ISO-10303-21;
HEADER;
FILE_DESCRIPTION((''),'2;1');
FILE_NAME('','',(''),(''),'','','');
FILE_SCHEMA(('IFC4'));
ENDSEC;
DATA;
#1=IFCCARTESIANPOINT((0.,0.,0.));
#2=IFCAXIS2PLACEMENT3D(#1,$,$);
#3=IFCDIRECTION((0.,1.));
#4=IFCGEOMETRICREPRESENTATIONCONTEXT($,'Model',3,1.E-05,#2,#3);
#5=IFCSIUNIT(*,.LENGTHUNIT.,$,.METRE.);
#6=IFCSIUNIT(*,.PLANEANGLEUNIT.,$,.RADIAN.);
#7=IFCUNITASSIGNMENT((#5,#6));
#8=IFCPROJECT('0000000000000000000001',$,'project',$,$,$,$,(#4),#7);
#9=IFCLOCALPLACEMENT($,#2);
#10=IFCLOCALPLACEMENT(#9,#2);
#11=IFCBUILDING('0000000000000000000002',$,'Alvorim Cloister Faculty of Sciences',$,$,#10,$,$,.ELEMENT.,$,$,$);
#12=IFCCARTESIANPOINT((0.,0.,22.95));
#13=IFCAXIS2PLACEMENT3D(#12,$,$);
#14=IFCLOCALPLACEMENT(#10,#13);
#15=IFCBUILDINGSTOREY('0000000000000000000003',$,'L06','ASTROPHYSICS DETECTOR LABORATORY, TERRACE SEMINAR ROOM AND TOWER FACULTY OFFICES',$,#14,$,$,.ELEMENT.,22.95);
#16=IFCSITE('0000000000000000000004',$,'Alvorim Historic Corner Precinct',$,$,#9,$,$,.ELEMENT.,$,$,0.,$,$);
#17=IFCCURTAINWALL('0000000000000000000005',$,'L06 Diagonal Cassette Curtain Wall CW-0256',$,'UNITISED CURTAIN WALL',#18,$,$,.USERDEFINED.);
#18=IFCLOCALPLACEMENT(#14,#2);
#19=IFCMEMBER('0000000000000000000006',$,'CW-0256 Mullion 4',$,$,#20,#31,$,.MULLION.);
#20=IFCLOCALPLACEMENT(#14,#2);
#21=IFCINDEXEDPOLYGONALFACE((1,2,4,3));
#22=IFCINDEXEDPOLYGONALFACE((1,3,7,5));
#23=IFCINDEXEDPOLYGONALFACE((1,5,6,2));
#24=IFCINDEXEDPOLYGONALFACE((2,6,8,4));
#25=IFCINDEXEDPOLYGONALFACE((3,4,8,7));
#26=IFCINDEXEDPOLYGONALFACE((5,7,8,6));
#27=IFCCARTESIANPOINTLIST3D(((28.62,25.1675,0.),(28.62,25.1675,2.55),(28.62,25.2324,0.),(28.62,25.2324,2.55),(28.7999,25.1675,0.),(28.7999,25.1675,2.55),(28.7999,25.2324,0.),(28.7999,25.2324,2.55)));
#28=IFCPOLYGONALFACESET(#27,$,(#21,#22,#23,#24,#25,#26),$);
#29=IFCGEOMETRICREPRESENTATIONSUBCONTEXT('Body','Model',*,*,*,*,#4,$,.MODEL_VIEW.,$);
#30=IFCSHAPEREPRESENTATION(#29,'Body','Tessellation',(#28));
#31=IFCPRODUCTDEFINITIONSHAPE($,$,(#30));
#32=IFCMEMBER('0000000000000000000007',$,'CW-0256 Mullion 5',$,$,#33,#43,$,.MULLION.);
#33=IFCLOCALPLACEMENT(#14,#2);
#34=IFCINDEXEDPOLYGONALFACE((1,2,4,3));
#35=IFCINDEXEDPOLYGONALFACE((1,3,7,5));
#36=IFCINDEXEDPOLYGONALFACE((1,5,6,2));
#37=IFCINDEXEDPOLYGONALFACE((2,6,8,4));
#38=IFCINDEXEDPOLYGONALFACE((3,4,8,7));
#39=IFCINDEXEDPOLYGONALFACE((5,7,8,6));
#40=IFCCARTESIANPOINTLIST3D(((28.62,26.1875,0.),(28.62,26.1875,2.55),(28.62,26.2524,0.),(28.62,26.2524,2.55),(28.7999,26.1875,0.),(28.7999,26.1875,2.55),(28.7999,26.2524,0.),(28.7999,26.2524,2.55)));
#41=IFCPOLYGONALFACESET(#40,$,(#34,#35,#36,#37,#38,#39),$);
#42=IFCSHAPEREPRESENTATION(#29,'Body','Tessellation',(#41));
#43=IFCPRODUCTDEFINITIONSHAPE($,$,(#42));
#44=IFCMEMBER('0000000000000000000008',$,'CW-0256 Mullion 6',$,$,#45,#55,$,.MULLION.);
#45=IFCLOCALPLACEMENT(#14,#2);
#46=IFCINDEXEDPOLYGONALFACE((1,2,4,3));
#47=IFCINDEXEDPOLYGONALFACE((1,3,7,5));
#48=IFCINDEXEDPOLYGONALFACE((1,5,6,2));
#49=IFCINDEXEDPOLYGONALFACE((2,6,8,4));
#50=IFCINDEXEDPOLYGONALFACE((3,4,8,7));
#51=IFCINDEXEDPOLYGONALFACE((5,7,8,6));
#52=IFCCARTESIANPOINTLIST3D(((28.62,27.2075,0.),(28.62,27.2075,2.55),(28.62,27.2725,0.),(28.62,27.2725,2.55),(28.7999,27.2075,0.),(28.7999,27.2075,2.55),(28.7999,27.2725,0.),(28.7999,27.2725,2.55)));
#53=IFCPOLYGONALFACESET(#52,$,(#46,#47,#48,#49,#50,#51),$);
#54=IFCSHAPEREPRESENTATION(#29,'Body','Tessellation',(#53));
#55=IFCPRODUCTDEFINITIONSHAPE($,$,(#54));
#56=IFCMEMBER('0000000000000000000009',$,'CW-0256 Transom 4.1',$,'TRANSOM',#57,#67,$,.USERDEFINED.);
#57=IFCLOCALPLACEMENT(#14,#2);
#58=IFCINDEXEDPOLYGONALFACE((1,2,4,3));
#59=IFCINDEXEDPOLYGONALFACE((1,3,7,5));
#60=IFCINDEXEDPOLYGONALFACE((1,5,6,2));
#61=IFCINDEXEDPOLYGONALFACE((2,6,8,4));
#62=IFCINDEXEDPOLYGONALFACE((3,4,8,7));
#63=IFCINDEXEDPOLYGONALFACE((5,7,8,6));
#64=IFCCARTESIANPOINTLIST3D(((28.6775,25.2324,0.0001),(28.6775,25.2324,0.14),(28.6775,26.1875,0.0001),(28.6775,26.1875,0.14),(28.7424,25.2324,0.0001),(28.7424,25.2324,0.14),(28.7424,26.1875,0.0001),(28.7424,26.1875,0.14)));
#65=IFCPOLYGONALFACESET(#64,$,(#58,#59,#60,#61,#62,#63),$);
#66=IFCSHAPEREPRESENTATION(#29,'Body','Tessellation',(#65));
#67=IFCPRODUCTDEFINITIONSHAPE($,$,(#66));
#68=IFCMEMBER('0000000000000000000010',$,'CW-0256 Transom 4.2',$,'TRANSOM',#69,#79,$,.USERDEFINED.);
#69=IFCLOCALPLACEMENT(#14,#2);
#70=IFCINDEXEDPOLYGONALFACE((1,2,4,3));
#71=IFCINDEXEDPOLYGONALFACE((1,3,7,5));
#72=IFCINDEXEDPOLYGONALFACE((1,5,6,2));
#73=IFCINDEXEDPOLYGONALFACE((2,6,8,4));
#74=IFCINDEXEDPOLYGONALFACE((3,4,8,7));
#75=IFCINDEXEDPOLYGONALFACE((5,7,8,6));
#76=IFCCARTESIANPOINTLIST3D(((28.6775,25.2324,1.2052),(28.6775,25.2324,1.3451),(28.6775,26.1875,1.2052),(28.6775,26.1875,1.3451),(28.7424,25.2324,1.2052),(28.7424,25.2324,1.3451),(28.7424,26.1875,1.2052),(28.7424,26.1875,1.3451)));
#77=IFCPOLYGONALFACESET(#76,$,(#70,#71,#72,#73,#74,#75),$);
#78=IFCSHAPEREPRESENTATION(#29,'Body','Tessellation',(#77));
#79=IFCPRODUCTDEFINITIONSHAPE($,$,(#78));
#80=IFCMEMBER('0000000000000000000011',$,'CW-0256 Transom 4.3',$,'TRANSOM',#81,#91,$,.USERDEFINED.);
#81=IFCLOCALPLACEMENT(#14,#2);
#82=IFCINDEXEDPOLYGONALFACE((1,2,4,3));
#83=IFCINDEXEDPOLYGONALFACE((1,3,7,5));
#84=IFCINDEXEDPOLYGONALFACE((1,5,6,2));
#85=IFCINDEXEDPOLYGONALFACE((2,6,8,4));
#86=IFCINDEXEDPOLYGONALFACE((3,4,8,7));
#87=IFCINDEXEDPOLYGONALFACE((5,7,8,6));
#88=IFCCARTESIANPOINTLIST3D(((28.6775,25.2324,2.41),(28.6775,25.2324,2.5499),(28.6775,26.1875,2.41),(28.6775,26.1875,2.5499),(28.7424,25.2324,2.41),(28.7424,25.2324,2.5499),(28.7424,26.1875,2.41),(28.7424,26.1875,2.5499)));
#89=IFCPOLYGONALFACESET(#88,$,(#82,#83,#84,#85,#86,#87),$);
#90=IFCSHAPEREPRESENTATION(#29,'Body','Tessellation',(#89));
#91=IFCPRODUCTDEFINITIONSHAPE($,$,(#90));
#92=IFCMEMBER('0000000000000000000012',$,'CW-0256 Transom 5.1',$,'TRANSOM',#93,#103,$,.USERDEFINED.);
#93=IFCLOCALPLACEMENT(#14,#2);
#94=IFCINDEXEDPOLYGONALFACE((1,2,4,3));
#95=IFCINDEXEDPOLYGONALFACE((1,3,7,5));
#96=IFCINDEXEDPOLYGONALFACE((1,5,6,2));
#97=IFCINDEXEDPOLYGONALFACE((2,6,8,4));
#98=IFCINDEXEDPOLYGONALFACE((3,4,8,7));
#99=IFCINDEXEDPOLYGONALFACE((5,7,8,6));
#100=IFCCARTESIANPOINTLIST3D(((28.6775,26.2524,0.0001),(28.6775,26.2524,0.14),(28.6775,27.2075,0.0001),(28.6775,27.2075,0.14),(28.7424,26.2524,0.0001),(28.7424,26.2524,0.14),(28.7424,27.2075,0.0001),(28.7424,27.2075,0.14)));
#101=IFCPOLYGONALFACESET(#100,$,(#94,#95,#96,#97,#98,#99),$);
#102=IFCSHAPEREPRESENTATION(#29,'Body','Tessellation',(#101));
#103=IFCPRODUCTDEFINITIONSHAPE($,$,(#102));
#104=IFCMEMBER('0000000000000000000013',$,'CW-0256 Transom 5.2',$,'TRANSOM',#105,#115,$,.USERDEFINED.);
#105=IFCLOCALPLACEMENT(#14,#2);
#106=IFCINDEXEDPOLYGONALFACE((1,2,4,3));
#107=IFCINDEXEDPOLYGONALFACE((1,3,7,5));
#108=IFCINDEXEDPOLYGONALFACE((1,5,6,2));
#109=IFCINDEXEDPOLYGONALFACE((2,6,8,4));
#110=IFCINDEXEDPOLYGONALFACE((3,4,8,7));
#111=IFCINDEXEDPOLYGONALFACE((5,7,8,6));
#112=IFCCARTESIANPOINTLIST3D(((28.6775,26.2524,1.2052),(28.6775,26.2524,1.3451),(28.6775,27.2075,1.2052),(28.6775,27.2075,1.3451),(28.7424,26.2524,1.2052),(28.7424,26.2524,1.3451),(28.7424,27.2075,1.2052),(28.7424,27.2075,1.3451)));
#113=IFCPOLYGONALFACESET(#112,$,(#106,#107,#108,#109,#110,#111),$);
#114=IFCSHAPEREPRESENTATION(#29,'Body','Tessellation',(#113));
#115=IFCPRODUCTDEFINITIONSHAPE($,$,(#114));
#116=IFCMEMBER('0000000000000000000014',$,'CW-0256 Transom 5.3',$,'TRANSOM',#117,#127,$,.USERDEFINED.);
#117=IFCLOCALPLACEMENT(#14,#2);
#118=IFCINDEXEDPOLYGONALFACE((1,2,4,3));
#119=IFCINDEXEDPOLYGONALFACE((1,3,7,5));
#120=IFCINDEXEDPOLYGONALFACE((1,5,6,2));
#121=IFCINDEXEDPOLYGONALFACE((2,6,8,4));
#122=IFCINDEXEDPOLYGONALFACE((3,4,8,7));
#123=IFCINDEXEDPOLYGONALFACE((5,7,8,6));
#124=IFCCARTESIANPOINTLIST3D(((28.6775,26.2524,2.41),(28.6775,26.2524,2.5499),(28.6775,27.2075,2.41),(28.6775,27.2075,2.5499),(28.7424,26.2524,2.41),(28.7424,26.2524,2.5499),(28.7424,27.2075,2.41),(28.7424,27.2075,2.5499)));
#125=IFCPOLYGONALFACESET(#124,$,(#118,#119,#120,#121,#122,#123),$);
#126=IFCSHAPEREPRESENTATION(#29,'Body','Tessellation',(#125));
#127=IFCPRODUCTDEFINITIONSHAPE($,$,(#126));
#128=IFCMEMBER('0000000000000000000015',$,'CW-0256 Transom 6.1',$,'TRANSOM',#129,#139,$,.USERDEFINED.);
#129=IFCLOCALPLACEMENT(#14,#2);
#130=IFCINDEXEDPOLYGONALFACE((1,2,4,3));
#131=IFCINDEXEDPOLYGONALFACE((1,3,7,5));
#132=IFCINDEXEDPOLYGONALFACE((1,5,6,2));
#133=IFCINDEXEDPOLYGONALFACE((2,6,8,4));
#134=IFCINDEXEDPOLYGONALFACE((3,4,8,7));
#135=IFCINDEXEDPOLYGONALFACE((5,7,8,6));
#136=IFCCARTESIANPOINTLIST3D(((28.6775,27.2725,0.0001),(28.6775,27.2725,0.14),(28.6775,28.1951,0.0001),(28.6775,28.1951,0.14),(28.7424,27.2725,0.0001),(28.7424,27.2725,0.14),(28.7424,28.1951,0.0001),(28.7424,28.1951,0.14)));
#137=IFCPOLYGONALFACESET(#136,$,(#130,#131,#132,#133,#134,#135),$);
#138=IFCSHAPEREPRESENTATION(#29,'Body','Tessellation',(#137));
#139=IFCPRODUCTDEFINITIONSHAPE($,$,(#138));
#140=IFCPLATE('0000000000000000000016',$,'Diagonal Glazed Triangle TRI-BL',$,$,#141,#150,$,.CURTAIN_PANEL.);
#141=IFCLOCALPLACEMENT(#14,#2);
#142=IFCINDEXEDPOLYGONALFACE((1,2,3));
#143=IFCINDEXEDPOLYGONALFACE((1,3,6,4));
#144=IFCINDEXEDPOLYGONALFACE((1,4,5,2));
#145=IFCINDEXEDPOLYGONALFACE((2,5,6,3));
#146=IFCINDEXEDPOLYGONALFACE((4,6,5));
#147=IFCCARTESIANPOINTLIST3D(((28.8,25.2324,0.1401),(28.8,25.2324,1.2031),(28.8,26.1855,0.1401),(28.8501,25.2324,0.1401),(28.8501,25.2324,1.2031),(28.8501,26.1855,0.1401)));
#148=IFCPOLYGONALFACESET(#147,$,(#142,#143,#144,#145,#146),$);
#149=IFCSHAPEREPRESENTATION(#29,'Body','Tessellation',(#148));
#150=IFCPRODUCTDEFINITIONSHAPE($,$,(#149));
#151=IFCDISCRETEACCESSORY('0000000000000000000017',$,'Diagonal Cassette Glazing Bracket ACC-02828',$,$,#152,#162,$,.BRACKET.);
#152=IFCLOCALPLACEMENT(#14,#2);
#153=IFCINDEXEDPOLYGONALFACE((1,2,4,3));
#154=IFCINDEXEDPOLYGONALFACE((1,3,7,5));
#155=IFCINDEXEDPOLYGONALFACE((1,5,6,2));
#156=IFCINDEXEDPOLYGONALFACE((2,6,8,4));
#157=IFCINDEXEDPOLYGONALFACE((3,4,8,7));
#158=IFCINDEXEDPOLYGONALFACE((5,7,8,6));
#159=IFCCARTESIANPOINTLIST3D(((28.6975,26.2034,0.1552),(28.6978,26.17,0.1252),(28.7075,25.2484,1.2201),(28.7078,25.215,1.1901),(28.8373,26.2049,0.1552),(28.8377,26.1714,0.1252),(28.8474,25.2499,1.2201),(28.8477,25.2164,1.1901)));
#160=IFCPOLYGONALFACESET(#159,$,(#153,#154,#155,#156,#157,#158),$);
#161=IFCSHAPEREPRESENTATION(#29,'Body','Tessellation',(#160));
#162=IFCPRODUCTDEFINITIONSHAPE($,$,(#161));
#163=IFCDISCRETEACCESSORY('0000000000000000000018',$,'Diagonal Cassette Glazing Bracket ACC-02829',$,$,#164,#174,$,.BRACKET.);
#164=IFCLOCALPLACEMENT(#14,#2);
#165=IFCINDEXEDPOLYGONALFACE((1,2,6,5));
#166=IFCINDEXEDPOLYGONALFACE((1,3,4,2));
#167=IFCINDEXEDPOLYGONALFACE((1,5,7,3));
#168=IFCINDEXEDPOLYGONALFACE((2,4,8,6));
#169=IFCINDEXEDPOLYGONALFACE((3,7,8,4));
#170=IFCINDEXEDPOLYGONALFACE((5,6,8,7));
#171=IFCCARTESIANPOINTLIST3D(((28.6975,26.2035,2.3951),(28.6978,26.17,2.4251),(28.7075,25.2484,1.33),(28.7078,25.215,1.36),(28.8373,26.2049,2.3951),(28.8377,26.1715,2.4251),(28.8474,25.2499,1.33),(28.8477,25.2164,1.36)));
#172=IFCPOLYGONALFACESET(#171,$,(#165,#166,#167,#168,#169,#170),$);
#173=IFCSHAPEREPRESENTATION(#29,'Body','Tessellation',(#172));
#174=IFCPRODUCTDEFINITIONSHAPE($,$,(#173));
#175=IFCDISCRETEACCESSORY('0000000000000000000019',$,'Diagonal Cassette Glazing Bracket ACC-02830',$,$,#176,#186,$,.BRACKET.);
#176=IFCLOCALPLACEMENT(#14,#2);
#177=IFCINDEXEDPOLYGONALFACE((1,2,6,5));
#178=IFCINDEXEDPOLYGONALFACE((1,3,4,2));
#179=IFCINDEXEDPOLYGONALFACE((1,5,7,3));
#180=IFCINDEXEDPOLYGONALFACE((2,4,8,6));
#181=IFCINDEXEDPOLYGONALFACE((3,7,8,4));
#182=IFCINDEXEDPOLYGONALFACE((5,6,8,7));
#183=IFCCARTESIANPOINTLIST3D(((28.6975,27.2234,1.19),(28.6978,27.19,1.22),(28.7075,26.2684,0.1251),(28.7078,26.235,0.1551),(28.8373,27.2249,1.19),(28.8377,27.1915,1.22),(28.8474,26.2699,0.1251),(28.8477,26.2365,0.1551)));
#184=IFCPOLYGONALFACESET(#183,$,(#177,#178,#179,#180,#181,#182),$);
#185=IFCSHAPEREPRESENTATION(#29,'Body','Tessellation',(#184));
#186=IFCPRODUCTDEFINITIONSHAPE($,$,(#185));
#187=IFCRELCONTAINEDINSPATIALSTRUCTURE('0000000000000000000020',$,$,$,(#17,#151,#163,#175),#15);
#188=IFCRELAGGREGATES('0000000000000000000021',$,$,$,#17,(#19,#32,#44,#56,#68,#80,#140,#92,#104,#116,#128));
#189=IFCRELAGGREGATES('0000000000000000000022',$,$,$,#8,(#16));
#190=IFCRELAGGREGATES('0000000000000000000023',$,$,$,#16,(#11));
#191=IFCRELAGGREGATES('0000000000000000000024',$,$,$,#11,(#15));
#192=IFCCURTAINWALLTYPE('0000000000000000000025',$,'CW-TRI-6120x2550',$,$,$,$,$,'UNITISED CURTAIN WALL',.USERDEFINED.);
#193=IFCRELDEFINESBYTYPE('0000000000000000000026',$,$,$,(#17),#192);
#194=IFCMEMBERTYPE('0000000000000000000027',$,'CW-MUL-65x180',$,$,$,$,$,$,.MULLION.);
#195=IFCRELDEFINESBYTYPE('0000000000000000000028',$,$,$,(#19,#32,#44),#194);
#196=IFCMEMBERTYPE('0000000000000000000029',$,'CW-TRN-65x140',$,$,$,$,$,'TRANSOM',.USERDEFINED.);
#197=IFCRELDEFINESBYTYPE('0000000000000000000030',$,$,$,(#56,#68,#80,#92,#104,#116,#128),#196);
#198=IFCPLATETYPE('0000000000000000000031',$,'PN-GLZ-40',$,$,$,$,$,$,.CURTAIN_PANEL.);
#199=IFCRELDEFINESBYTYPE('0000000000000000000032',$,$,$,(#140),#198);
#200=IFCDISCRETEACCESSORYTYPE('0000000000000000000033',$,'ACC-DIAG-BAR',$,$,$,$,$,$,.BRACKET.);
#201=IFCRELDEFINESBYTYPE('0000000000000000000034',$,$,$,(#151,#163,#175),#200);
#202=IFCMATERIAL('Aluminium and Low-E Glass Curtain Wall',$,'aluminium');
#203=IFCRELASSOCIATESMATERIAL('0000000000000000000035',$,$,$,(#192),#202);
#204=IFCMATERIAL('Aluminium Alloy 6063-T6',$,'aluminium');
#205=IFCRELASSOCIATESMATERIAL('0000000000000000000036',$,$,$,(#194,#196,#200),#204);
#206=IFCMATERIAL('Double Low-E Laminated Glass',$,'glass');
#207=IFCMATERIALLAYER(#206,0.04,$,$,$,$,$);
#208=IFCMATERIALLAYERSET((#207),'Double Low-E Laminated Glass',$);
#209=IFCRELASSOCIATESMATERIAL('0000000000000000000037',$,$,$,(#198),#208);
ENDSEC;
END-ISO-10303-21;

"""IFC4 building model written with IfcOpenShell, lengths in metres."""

from ifc_helpers import new_model, si_unit, direction, frame, origin, origin_2d, place, context, subcontext, project, spatial, polyline, rectangle, outline, extrude, material, layer, layer_set, material_profile, profile_set, type_object, element, aggregate, save


model = new_model("IFC4")

# Units and contexts
model_context = context("Model", 3, precision=1e-05, world=origin(), true_north=direction((0.0, 1.0)))
body_context = subcontext(model_context, "Body", "Model", "MODEL_VIEW")
ifc_project = project(units=[si_unit("LENGTHUNIT", "METRE"), si_unit("PLANEANGLEUNIT", "RADIAN")], contexts=[model_context])

# Site, building, storey
site_placement = place(None, origin())
site = spatial("IfcSite", under=ifc_project, at=site_placement, Name="Alvorim Historic Corner Precinct", CompositionType="ELEMENT", RefElevation=0.0)
building_placement = place(site_placement, origin())
building = spatial("IfcBuilding", under=site, at=building_placement, Name="Alvorim Cloister Faculty of Sciences", CompositionType="ELEMENT")
storey_placement = place(building_placement, frame((0.0, 0.0, 22.95)))
storey = spatial("IfcBuildingStorey", under=building, at=storey_placement, Name="L06", Description="ASTROPHYSICS DETECTOR LABORATORY, TERRACE SEMINAR ROOM AND TOWER FACULTY OFFICES", CompositionType="ELEMENT", Elevation=22.95)

# Curtain wall, members, plate
ifc_material_1 = material(Name="Aluminium and Low-E Glass Curtain Wall", Category="aluminium")
curtain_wall_type = type_object("IfcCurtainWallType", Name="CW-TRI-6120x2550", ElementType="UNITISED CURTAIN WALL", PredefinedType="USERDEFINED", material=ifc_material_1)
curtain_wall_placement = place(storey_placement, origin())
curtain_wall = element("IfcCurtainWall", 1, at=curtain_wall_placement, inside=storey, type_object=curtain_wall_type, Name="L06 Diagonal Cassette Curtain Wall CW-0256", ObjectType="UNITISED CURTAIN WALL", PredefinedType="USERDEFINED")
ifc_material_2 = material(Name="Aluminium Alloy 6063-T6", Category="aluminium")
ifc_material_profile_1 = material_profile(ifc_material_2, rectangle(XDim=0.0649, YDim=0.1799, at=origin_2d()), Name="ALU-MUL-65x180")
ifc_profile_set_1 = profile_set([ifc_material_profile_1], Name="Aluminium Alloy 6063-T6")
member_type_1 = type_object("IfcMemberType", Name="CW-MUL-65x180", PredefinedType="MULLION", material=ifc_profile_set_1)
member_1_placement = place(storey_placement, frame((28.71, 25.2, 0.0), z_axis=(0.0, 0.0, 1.0), x_axis=(0.0, 1.0, 0.0)))
member_1 = element("IfcMember", 2, at=member_1_placement, type_object=member_type_1, Name="CW-0256 Mullion 4", PredefinedType="MULLION", context=body_context, shape_type="SweptSolid", body=[
    extrude(rectangle(XDim=0.0649, YDim=0.1799, at=origin_2d()), origin(), (0.0, 0.0, 1.0), 2.55),
])
member_2_placement = place(storey_placement, frame((28.71, 26.22, 0.0), z_axis=(0.0, 0.0, 1.0), x_axis=(0.0, 1.0, 0.0)))
member_2 = element("IfcMember", 3, at=member_2_placement, type_object=member_type_1, Name="CW-0256 Mullion 5", PredefinedType="MULLION", context=body_context, shape_type="SweptSolid", body=[
    extrude(rectangle(XDim=0.0649, YDim=0.1799, at=origin_2d()), origin(), (0.0, 0.0, 1.0), 2.55),
])
member_3_placement = place(storey_placement, frame((28.71, 27.24, 0.0), z_axis=(0.0, 0.0, 1.0), x_axis=(0.0, 1.0, 0.0)))
member_3 = element("IfcMember", 4, at=member_3_placement, type_object=member_type_1, Name="CW-0256 Mullion 6", PredefinedType="MULLION", context=body_context, shape_type="SweptSolid", body=[
    extrude(rectangle(XDim=0.0649, YDim=0.1799, at=origin_2d()), origin(), (0.0, 0.0, 1.0), 2.55),
])
ifc_material_profile_2 = material_profile(ifc_material_2, rectangle(XDim=0.0649, YDim=0.1399, at=origin_2d()), Name="ALU-TRN-65x140")
ifc_profile_set_2 = profile_set([ifc_material_profile_2], Name="Aluminium Alloy 6063-T6")
member_type_2 = type_object("IfcMemberType", Name="CW-TRN-65x140", ElementType="TRANSOM", PredefinedType="USERDEFINED", material=ifc_profile_set_2)
member_4_placement = place(storey_placement, frame((28.71, 25.2324, 0.0701), z_axis=(0.0, 1.0, 0.0), x_axis=(-1.0, 0.0, 0.0)))
member_4 = element("IfcMember", 5, at=member_4_placement, type_object=member_type_2, Name="CW-0256 Transom 4.1", ObjectType="TRANSOM", PredefinedType="USERDEFINED", context=body_context, shape_type="SweptSolid", body=[
    extrude(rectangle(XDim=0.0649, YDim=0.1399, at=origin_2d()), origin(), (0.0, 0.0, 1.0), 0.9551),
])
member_5_placement = place(storey_placement, frame((28.71, 25.2324, 1.2751), z_axis=(0.0, 1.0, 0.0), x_axis=(-1.0, 0.0, 0.0)))
member_5 = element("IfcMember", 6, at=member_5_placement, type_object=member_type_2, Name="CW-0256 Transom 4.2", ObjectType="TRANSOM", PredefinedType="USERDEFINED", context=body_context, shape_type="SweptSolid", body=[
    extrude(rectangle(XDim=0.0649, YDim=0.1399, at=origin_2d()), origin(), (0.0, 0.0, 1.0), 0.9551),
])
member_6_placement = place(storey_placement, frame((28.71, 25.2324, 2.48), z_axis=(0.0, 1.0, 0.0), x_axis=(-1.0, 0.0, 0.0)))
member_6 = element("IfcMember", 7, at=member_6_placement, type_object=member_type_2, Name="CW-0256 Transom 4.3", ObjectType="TRANSOM", PredefinedType="USERDEFINED", context=body_context, shape_type="SweptSolid", body=[
    extrude(rectangle(XDim=0.0649, YDim=0.1399, at=origin_2d()), origin(), (0.0, 0.0, 1.0), 0.9551),
])
member_7_placement = place(storey_placement, frame((28.71, 26.2524, 0.0701), z_axis=(0.0, 1.0, 0.0), x_axis=(-1.0, 0.0, 0.0)))
member_7 = element("IfcMember", 8, at=member_7_placement, type_object=member_type_2, Name="CW-0256 Transom 5.1", ObjectType="TRANSOM", PredefinedType="USERDEFINED", context=body_context, shape_type="SweptSolid", body=[
    extrude(rectangle(XDim=0.0649, YDim=0.1399, at=origin_2d()), origin(), (0.0, 0.0, 1.0), 0.9551),
])
member_8_placement = place(storey_placement, frame((28.71, 26.2524, 1.2751), z_axis=(0.0, 1.0, 0.0), x_axis=(-1.0, 0.0, 0.0)))
member_8 = element("IfcMember", 9, at=member_8_placement, type_object=member_type_2, Name="CW-0256 Transom 5.2", ObjectType="TRANSOM", PredefinedType="USERDEFINED", context=body_context, shape_type="SweptSolid", body=[
    extrude(rectangle(XDim=0.0649, YDim=0.1399, at=origin_2d()), origin(), (0.0, 0.0, 1.0), 0.9551),
])
member_9_placement = place(storey_placement, frame((28.71, 26.2524, 2.48), z_axis=(0.0, 1.0, 0.0), x_axis=(-1.0, 0.0, 0.0)))
member_9 = element("IfcMember", 10, at=member_9_placement, type_object=member_type_2, Name="CW-0256 Transom 5.3", ObjectType="TRANSOM", PredefinedType="USERDEFINED", context=body_context, shape_type="SweptSolid", body=[
    extrude(rectangle(XDim=0.0649, YDim=0.1399, at=origin_2d()), origin(), (0.0, 0.0, 1.0), 0.9551),
])
member_10_placement = place(storey_placement, frame((28.71, 27.2725, 0.0701), z_axis=(0.0, 1.0, 0.0), x_axis=(-1.0, 0.0, 0.0)))
member_10 = element("IfcMember", 11, at=member_10_placement, type_object=member_type_2, Name="CW-0256 Transom 6.1", ObjectType="TRANSOM", PredefinedType="USERDEFINED", context=body_context, shape_type="SweptSolid", body=[
    extrude(rectangle(XDim=0.0649, YDim=0.1399, at=origin_2d()), origin(), (0.0, 0.0, 1.0), 0.9226),
])
ifc_material_3 = material(Name="Double Low-E Laminated Glass", Category="glass")
ifc_layer = layer(ifc_material_3, 0.04)
ifc_layer_set = layer_set([ifc_layer], Name="Double Low-E Laminated Glass")
plate_type = type_object("IfcPlateType", Name="PN-GLZ-40", PredefinedType="CURTAIN_PANEL", material=ifc_layer_set)
plate_1_placement = place(storey_placement, frame((28.825, 25.2324, 0.1401), z_axis=(0.0, 0.0, 1.0), x_axis=(0.0, 1.0, 0.0)))
plate_1 = element("IfcPlate", 12, at=plate_1_placement, type_object=plate_type, Name="Diagonal Glazed Triangle TRI-BL", PredefinedType="CURTAIN_PANEL", context=body_context, shape_type="SweptSolid", body=[
    extrude(outline(polyline([(0.0, 0.0), (0.9531, 0.0), (0.0, 1.063), (0.0, 0.0)])), frame((0.0, 0.0249, 0.0), z_axis=(0.0, -1.0, 0.0), x_axis=(1.0, 0.0, 0.0)), (0.0, 0.0, 1.0), 0.05),
])
aggregate(curtain_wall, [member_1, member_2, member_3, member_4, member_5, member_6, plate_1, member_7, member_8, member_9, member_10])

# Discrete accessories
discrete_accessory_type = type_object("IfcDiscreteAccessoryType", Name="ACC-DIAG-BAR", PredefinedType="BRACKET", material=ifc_material_2)
discrete_accessory_1_placement = place(storey_placement, frame((28.7776, 25.2324, 1.2051), z_axis=(-0.006997, 0.667646, -0.744446), x_axis=(-0.999945, -0.01048, 0.0)))
element("IfcDiscreteAccessory", 13, at=discrete_accessory_1_placement, inside=storey, type_object=discrete_accessory_type, Name="Diagonal Cassette Glazing Bracket ACC-02828", PredefinedType="BRACKET", context=body_context, shape_type="SweptSolid", body=[
    extrude(rectangle(XDim=0.1399, YDim=0.0449, at=origin_2d()), origin(), (0.0, 0.0, 1.0), 1.4304),
])
discrete_accessory_2_placement = place(storey_placement, frame((28.7776, 25.2324, 1.345), z_axis=(-0.006996, 0.667561, 0.744522), x_axis=(-0.999945, -0.01048, 0.0)))
element("IfcDiscreteAccessory", 14, at=discrete_accessory_2_placement, inside=storey, type_object=discrete_accessory_type, Name="Diagonal Cassette Glazing Bracket ACC-02829", PredefinedType="BRACKET", context=body_context, shape_type="SweptSolid", body=[
    extrude(rectangle(XDim=0.1399, YDim=0.0449, at=origin_2d()), origin(), (0.0, 0.0, 1.0), 1.4307),
])
discrete_accessory_3_placement = place(storey_placement, frame((28.7776, 26.2524, 0.1401), z_axis=(-0.006997, 0.667646, 0.744446), x_axis=(-0.999945, -0.01048, 0.0)))
element("IfcDiscreteAccessory", 15, at=discrete_accessory_3_placement, inside=storey, type_object=discrete_accessory_type, Name="Diagonal Cassette Glazing Bracket ACC-02830", PredefinedType="BRACKET", context=body_context, shape_type="SweptSolid", body=[
    extrude(rectangle(XDim=0.1399, YDim=0.0449, at=origin_2d()), origin(), (0.0, 0.0, 1.0), 1.4304),
])

save(model, "model.ifc")
